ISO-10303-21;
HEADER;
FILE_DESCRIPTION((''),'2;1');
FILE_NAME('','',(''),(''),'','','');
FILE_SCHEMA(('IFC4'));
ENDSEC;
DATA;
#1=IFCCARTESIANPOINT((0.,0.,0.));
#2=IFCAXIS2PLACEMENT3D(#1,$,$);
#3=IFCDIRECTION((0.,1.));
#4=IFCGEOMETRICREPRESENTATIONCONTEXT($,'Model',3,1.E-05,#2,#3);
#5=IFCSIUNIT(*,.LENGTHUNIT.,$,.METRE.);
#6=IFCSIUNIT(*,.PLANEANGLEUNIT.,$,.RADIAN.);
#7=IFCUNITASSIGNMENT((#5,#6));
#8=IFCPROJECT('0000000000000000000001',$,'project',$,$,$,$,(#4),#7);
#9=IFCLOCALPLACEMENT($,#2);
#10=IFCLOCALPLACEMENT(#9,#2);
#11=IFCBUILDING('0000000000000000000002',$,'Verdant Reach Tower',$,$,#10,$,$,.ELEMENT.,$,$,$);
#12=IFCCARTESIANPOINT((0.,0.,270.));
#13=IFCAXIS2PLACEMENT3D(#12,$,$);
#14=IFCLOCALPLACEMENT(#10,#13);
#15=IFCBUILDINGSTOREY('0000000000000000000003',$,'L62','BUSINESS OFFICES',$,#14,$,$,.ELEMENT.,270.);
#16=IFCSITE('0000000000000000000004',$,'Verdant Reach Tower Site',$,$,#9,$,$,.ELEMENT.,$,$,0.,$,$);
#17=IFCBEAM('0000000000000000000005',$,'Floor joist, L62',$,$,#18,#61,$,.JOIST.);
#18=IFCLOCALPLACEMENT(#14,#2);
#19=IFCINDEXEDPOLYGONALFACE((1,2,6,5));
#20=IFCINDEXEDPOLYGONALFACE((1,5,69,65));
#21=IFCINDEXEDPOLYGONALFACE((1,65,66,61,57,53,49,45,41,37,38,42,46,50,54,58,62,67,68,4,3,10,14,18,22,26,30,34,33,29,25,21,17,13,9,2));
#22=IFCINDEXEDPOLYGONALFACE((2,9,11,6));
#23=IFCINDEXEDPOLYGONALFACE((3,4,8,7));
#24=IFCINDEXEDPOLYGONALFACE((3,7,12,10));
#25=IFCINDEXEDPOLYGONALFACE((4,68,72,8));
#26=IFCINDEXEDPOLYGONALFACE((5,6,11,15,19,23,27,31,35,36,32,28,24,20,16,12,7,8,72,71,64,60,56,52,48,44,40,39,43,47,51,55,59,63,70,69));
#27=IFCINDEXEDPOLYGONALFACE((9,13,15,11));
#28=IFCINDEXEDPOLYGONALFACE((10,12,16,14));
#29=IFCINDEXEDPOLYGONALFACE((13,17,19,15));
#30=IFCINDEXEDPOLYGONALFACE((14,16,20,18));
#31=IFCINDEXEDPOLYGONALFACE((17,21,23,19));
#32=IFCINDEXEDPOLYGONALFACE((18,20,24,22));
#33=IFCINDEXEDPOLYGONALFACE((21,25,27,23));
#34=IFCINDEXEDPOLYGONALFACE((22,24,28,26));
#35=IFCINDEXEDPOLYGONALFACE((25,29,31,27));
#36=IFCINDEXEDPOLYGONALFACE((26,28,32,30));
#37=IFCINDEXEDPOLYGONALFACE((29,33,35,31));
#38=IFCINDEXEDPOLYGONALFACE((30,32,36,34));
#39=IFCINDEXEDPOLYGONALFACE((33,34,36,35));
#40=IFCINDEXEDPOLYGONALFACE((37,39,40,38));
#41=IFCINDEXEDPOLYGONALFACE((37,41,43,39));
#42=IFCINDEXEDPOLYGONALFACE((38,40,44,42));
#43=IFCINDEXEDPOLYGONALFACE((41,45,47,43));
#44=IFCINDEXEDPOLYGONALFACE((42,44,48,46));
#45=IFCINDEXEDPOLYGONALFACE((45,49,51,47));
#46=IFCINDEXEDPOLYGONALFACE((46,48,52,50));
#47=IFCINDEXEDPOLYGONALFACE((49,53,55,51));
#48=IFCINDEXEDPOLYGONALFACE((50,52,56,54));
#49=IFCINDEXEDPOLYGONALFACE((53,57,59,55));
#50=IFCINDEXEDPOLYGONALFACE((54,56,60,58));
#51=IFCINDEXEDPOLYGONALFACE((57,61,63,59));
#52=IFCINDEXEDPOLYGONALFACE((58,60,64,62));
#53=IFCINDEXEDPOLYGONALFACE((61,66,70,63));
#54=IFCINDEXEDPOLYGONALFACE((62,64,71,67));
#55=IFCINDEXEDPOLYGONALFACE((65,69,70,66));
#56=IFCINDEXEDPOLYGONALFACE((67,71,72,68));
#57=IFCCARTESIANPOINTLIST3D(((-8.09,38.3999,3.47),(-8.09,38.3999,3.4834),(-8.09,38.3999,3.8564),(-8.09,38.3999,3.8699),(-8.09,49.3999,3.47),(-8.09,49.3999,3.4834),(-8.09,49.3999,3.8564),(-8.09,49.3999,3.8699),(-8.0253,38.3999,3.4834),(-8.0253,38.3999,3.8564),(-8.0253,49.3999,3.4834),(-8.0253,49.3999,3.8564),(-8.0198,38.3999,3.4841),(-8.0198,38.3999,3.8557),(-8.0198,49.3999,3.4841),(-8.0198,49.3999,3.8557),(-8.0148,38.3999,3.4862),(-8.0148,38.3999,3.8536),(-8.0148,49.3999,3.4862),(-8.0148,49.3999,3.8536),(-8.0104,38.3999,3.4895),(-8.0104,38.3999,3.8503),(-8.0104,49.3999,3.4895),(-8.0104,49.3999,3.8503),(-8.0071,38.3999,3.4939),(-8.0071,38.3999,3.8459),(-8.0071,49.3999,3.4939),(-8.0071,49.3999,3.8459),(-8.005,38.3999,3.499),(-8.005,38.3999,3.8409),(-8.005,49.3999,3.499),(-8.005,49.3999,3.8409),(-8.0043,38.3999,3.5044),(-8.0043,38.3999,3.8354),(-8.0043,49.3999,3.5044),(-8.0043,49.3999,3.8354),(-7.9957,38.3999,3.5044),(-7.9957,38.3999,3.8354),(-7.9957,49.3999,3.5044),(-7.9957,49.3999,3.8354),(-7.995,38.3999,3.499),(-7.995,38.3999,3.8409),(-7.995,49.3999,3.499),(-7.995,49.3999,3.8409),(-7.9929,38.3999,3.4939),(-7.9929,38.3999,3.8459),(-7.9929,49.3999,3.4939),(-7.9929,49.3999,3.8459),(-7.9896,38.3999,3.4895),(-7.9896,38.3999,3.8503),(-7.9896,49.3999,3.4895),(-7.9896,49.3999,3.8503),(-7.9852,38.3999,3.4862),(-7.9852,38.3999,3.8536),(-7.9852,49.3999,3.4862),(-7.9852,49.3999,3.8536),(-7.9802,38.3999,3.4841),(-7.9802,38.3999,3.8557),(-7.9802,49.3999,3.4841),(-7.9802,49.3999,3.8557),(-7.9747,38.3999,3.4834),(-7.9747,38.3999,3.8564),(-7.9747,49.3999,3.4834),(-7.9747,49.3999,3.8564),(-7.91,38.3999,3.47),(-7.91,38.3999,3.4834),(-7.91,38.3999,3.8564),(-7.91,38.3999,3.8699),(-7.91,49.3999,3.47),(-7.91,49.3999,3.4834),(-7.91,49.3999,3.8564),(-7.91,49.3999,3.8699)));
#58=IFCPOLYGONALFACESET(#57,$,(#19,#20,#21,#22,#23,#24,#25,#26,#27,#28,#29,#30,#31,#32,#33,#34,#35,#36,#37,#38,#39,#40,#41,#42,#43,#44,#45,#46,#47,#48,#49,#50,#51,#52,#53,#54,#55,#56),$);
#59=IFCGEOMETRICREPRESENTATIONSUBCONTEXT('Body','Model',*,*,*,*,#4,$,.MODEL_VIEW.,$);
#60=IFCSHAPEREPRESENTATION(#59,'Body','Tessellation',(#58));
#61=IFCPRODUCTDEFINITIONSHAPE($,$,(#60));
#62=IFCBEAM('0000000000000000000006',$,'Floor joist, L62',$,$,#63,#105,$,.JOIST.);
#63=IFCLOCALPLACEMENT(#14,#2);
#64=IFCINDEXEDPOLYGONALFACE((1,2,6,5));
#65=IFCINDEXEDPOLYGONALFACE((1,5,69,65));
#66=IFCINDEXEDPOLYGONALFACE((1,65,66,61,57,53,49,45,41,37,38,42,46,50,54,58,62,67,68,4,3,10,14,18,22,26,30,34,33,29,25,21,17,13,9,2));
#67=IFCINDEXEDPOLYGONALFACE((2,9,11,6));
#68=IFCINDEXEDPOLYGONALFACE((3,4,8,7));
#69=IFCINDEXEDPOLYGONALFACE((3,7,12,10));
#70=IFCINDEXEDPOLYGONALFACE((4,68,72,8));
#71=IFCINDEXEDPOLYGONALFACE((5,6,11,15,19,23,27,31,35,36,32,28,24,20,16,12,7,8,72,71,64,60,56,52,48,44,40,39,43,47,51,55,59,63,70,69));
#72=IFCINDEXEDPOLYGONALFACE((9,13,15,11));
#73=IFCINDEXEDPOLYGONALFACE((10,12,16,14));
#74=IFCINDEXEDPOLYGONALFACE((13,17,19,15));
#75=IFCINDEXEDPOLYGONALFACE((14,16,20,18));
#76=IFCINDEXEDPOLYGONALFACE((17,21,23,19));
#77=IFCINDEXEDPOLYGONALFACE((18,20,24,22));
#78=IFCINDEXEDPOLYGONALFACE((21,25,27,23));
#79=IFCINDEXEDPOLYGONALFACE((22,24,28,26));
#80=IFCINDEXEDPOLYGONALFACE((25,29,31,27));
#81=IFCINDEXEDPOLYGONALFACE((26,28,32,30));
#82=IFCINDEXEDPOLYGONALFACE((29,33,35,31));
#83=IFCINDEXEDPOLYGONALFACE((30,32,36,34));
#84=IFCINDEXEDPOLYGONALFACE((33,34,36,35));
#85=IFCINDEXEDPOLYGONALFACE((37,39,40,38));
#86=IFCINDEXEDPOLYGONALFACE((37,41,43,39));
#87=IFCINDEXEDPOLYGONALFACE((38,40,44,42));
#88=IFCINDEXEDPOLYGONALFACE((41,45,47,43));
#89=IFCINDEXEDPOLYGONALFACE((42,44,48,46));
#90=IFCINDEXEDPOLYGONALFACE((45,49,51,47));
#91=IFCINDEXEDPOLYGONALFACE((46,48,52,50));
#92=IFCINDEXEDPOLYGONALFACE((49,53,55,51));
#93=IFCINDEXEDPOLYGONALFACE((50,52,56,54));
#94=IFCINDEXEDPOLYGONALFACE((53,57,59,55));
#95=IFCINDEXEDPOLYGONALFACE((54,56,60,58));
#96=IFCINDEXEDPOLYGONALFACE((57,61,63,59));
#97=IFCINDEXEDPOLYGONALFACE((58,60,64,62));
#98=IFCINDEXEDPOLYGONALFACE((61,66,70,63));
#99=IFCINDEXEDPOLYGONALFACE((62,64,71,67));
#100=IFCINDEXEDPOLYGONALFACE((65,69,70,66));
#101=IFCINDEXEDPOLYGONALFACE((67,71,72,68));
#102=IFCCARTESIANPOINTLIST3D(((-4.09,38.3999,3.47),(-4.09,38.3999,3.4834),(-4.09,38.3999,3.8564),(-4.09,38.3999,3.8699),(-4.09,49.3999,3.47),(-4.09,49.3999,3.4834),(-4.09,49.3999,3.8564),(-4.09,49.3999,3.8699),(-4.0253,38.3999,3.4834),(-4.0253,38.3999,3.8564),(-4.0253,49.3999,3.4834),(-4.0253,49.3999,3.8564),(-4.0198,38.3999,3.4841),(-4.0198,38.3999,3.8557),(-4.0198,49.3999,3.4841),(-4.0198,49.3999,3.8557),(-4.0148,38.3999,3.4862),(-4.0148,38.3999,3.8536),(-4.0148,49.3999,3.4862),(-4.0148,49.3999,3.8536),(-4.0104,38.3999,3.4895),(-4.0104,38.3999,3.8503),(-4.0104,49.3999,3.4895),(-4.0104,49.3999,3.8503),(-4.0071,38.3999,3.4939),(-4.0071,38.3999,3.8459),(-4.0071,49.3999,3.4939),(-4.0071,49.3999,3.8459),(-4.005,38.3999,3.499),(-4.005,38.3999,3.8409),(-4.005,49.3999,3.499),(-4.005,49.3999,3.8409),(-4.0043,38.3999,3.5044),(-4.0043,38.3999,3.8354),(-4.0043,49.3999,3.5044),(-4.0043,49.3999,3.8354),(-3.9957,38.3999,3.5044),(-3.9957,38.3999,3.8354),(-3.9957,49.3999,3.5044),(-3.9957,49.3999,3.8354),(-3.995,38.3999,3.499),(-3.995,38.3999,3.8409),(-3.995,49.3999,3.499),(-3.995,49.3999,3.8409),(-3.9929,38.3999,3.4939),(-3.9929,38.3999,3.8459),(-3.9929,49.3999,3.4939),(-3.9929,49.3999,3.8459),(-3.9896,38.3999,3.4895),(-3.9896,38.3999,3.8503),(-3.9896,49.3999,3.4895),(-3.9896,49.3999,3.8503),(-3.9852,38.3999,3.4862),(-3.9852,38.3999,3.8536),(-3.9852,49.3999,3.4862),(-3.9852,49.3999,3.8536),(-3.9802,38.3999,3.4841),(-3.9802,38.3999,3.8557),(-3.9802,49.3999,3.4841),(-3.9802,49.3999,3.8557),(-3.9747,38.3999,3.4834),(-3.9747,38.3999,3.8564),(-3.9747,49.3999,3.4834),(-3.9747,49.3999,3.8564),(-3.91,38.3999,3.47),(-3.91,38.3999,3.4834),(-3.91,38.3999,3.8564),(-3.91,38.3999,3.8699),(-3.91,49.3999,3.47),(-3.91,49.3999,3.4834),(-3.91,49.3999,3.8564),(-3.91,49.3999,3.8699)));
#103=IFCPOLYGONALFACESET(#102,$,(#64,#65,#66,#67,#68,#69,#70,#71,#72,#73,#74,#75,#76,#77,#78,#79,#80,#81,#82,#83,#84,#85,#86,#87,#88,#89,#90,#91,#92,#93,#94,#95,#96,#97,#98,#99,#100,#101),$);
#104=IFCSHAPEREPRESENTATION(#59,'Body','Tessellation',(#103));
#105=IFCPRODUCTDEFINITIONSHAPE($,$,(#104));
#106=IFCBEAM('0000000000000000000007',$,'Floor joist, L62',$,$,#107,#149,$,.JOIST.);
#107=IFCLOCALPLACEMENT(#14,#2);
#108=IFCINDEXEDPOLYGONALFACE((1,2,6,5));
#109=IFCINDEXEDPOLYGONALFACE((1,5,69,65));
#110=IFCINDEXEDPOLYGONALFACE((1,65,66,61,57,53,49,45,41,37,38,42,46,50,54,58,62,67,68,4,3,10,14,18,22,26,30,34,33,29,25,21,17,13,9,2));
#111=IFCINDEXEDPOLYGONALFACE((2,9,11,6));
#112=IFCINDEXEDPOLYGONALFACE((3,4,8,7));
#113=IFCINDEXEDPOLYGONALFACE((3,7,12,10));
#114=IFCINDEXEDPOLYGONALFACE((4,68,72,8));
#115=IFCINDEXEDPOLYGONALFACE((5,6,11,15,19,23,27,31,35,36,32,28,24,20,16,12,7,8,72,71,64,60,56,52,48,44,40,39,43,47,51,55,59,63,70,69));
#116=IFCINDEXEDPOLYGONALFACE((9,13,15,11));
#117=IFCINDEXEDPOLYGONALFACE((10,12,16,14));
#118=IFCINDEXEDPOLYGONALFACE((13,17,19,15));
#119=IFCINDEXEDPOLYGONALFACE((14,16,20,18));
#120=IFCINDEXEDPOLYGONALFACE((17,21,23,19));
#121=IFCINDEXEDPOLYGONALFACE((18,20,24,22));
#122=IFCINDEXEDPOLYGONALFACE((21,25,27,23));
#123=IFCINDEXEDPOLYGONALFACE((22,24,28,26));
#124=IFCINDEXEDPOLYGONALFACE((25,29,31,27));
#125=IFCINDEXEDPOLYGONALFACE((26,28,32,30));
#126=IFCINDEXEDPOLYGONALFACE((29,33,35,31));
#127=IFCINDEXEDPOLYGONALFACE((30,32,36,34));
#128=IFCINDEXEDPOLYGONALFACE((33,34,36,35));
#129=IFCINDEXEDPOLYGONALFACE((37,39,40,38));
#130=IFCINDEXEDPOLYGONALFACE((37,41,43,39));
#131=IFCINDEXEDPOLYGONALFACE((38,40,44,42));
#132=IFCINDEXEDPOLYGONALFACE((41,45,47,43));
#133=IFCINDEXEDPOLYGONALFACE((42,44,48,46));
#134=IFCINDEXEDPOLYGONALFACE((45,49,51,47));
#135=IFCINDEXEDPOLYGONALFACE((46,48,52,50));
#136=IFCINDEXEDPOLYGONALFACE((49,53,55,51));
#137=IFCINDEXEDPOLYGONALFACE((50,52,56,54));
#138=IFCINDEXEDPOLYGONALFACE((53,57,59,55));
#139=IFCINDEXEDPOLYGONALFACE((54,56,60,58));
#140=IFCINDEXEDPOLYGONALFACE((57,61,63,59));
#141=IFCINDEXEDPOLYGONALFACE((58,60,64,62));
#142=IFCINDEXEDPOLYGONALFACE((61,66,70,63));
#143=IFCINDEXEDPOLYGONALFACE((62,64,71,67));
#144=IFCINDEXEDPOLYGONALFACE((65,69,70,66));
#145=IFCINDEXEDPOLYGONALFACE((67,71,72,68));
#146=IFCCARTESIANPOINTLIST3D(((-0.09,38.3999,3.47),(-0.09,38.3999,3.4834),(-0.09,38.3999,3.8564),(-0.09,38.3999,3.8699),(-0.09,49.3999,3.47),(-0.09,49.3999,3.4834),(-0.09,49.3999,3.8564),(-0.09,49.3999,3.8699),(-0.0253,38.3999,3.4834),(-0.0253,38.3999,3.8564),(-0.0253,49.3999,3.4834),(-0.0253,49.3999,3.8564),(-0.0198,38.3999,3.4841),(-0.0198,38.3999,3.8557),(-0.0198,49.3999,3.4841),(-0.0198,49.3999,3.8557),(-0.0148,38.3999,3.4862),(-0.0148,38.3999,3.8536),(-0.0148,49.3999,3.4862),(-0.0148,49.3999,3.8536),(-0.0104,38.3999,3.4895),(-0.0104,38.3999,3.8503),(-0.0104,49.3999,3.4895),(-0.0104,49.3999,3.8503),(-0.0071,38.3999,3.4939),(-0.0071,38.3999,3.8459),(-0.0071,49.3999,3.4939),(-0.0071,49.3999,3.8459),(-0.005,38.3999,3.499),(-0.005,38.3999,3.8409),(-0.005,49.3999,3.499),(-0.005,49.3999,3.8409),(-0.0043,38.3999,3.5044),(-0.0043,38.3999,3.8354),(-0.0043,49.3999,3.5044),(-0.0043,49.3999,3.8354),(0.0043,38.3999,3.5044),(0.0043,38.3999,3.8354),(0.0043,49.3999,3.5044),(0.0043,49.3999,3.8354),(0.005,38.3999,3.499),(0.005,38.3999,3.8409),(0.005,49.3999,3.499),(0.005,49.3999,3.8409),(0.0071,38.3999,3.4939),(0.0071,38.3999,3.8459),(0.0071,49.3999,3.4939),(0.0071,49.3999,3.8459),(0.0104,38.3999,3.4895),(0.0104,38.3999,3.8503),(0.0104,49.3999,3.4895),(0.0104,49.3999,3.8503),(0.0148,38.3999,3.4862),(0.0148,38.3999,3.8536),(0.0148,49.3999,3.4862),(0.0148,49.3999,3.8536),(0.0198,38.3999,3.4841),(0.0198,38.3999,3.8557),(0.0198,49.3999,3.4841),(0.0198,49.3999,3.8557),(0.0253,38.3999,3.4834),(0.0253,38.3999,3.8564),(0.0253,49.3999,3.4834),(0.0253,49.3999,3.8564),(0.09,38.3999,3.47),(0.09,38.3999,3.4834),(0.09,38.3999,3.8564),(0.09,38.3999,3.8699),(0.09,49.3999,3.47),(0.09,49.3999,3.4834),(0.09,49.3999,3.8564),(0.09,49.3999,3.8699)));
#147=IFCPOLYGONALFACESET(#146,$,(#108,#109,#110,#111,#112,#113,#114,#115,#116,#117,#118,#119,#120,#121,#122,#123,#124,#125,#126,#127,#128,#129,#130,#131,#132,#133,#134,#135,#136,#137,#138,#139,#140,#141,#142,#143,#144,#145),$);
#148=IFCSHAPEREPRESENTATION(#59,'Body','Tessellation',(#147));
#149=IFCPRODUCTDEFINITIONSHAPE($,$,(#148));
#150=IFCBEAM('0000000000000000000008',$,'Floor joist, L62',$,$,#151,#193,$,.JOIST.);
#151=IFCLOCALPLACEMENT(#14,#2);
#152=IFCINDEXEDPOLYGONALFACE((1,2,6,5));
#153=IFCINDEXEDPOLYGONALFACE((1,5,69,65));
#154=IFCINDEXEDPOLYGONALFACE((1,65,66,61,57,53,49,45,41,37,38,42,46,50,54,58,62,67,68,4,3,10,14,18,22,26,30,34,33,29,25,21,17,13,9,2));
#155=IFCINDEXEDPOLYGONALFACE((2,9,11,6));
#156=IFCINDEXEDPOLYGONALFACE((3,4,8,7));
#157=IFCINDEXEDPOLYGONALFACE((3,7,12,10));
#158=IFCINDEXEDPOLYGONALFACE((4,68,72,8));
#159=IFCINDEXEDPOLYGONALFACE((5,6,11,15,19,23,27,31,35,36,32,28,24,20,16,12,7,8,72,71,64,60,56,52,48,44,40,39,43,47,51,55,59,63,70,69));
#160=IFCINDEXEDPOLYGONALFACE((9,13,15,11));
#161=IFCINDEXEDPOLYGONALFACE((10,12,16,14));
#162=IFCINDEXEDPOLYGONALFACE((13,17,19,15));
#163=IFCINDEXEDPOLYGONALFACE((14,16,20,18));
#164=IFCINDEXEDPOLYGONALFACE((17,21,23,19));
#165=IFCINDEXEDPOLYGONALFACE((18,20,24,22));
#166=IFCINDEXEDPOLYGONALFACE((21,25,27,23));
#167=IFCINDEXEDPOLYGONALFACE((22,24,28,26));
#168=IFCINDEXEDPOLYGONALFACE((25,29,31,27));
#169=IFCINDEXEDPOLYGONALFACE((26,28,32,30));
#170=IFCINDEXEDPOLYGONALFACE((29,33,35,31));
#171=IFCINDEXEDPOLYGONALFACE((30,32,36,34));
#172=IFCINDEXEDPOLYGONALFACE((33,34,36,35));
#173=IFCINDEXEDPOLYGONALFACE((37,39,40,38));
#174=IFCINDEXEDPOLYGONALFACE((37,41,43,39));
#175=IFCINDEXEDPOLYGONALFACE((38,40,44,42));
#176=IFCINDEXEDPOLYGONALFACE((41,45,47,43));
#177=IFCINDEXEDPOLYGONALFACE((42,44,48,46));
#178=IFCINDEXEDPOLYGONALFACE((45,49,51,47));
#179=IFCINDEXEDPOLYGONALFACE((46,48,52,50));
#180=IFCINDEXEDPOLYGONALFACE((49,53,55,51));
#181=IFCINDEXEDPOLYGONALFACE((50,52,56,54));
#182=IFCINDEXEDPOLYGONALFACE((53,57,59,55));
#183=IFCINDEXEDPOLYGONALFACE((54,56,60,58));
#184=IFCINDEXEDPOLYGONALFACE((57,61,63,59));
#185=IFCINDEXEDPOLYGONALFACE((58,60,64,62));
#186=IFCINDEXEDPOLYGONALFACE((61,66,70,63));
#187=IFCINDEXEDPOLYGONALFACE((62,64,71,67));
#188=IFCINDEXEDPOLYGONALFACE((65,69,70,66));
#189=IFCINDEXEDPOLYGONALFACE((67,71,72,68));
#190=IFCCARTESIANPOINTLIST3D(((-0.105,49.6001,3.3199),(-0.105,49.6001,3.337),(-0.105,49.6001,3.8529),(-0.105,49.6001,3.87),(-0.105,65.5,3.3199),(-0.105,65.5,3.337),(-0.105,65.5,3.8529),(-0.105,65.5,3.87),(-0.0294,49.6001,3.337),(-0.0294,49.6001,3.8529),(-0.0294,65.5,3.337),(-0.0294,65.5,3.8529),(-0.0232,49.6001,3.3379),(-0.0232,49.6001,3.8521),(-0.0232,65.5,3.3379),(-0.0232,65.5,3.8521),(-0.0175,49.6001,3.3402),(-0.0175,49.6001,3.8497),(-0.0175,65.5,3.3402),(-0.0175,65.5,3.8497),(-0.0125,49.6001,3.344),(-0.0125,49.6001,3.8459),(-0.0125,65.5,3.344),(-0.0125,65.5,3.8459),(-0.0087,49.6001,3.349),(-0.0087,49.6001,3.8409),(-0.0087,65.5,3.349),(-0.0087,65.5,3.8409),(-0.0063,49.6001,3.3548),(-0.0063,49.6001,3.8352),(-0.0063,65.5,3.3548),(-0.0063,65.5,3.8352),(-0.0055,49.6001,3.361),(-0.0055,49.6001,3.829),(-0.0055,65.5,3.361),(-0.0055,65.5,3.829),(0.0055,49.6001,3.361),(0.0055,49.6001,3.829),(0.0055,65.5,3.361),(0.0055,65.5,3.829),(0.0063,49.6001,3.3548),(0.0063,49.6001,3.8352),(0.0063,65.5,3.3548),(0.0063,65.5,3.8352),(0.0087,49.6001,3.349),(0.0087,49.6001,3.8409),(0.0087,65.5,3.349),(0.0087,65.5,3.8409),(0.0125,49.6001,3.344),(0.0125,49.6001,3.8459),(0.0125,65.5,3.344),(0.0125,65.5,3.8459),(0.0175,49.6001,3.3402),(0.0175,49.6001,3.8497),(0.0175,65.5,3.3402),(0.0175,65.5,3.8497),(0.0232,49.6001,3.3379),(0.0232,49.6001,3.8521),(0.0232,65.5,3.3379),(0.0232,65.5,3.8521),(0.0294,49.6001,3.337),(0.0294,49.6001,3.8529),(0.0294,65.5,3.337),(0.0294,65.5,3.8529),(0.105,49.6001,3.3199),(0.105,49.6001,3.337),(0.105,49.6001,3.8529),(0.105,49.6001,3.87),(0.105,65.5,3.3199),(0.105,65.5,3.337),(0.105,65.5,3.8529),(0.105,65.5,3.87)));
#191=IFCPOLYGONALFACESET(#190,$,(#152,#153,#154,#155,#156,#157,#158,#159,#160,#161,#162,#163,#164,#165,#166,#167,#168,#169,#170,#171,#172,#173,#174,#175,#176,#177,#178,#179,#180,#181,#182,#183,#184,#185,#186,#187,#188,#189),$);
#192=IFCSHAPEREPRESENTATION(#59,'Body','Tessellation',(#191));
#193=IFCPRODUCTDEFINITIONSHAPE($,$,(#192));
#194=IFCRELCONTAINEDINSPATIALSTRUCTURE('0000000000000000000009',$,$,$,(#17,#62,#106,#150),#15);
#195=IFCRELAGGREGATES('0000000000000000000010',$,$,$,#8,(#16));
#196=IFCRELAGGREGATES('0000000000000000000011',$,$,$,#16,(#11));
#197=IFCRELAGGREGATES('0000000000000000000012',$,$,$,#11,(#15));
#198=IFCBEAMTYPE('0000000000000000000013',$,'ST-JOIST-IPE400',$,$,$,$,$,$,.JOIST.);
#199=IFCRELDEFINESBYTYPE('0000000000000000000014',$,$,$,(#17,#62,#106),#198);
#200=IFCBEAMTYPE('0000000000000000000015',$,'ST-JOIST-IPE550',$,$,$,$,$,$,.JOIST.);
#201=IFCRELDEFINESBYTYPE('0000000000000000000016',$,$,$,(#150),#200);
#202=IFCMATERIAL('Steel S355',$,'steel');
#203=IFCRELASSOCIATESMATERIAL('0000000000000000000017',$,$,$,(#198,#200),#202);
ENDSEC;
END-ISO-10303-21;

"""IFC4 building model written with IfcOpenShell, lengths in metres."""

from ifc_helpers import new_model, si_unit, direction, frame, origin, origin_2d, place, context, subcontext, project, spatial, i_section, extrude, material, material_profile, profile_set, type_object, element, save


model = new_model("IFC4")

# Units and contexts
model_context = context("Model", 3, precision=1e-05, world=origin(), true_north=direction((0.0, 1.0)))
body_context = subcontext(model_context, "Body", "Model", "MODEL_VIEW")
ifc_project = project(units=[si_unit("LENGTHUNIT", "METRE"), si_unit("PLANEANGLEUNIT", "RADIAN")], contexts=[model_context])

# Site, building, storey
site_placement = place(None, origin())
site = spatial("IfcSite", under=ifc_project, at=site_placement, Name="Verdant Reach Tower Site", CompositionType="ELEMENT", RefElevation=0.0)
building_placement = place(site_placement, origin())
building = spatial("IfcBuilding", under=site, at=building_placement, Name="Verdant Reach Tower", CompositionType="ELEMENT")
storey_placement = place(building_placement, frame((0.0, 0.0, 270.0)))
storey = spatial("IfcBuildingStorey", under=building, at=storey_placement, Name="L62", Description="BUSINESS OFFICES", CompositionType="ELEMENT", Elevation=270.0)

# Beams
ifc_material_1 = material(Name="Steel S355", Category="steel")
ifc_material_profile_1 = material_profile(ifc_material_1, i_section(OverallWidth=0.1799, OverallDepth=0.3999, WebThickness=0.0085, FlangeThickness=0.0134, FilletRadius=0.021, at=origin_2d()), Name="IPE 400")
ifc_profile_set_1 = profile_set([ifc_material_profile_1], Name="Steel S355")
beam_type_1 = type_object("IfcBeamType", Name="ST-JOIST-IPE400", PredefinedType="JOIST", material=ifc_profile_set_1)
for number, where, z_axis, x_axis, name in (
    (1, (-8.0, 38.3999, 3.6699), (0.0, 1.0, 0.0), (-1.0, 0.0, 0.0), "Floor joist, L62"),
    (2, (-4.0, 38.3999, 3.6699), (0.0, 1.0, 0.0), (-1.0, 0.0, 0.0), "Floor joist, L62"),
    (3, (0.0, 38.3999, 3.6699), (0.0, 1.0, 0.0), (-1.0, 0.0, 0.0), "Floor joist, L62"),
):
    element("IfcBeam", number, at=place(storey_placement, frame(where, z_axis=z_axis, x_axis=x_axis)), inside=storey, type_object=beam_type_1, Name=name, PredefinedType="JOIST", context=body_context, shape_type="SweptSolid", body=[
        extrude(i_section(OverallWidth=0.1799, OverallDepth=0.3999, WebThickness=0.0085, FlangeThickness=0.0134, FilletRadius=0.021, at=origin_2d()), origin(), (0.0, 0.0, 1.0), 11.0),
    ])
ifc_material_profile_2 = material_profile(ifc_material_1, i_section(OverallWidth=0.21, OverallDepth=0.55, WebThickness=0.011, FlangeThickness=0.0171, FilletRadius=0.0239, at=origin_2d()), Name="IPE 550")
ifc_profile_set_2 = profile_set([ifc_material_profile_2], Name="Steel S355")
beam_type_2 = type_object("IfcBeamType", Name="ST-JOIST-IPE550", PredefinedType="JOIST", material=ifc_profile_set_2)
beam_1_placement = place(storey_placement, frame((0.0, 49.6001, 3.595), z_axis=(0.0, 1.0, 0.0), x_axis=(-1.0, 0.0, 0.0)))
element("IfcBeam", 4, at=beam_1_placement, inside=storey, type_object=beam_type_2, Name="Floor joist, L62", PredefinedType="JOIST", context=body_context, shape_type="SweptSolid", body=[
    extrude(i_section(OverallWidth=0.21, OverallDepth=0.55, WebThickness=0.011, FlangeThickness=0.0171, FilletRadius=0.0239, at=origin_2d()), origin(), (0.0, 0.0, 1.0), 15.8999),
])

save(model, "model.ifc")
